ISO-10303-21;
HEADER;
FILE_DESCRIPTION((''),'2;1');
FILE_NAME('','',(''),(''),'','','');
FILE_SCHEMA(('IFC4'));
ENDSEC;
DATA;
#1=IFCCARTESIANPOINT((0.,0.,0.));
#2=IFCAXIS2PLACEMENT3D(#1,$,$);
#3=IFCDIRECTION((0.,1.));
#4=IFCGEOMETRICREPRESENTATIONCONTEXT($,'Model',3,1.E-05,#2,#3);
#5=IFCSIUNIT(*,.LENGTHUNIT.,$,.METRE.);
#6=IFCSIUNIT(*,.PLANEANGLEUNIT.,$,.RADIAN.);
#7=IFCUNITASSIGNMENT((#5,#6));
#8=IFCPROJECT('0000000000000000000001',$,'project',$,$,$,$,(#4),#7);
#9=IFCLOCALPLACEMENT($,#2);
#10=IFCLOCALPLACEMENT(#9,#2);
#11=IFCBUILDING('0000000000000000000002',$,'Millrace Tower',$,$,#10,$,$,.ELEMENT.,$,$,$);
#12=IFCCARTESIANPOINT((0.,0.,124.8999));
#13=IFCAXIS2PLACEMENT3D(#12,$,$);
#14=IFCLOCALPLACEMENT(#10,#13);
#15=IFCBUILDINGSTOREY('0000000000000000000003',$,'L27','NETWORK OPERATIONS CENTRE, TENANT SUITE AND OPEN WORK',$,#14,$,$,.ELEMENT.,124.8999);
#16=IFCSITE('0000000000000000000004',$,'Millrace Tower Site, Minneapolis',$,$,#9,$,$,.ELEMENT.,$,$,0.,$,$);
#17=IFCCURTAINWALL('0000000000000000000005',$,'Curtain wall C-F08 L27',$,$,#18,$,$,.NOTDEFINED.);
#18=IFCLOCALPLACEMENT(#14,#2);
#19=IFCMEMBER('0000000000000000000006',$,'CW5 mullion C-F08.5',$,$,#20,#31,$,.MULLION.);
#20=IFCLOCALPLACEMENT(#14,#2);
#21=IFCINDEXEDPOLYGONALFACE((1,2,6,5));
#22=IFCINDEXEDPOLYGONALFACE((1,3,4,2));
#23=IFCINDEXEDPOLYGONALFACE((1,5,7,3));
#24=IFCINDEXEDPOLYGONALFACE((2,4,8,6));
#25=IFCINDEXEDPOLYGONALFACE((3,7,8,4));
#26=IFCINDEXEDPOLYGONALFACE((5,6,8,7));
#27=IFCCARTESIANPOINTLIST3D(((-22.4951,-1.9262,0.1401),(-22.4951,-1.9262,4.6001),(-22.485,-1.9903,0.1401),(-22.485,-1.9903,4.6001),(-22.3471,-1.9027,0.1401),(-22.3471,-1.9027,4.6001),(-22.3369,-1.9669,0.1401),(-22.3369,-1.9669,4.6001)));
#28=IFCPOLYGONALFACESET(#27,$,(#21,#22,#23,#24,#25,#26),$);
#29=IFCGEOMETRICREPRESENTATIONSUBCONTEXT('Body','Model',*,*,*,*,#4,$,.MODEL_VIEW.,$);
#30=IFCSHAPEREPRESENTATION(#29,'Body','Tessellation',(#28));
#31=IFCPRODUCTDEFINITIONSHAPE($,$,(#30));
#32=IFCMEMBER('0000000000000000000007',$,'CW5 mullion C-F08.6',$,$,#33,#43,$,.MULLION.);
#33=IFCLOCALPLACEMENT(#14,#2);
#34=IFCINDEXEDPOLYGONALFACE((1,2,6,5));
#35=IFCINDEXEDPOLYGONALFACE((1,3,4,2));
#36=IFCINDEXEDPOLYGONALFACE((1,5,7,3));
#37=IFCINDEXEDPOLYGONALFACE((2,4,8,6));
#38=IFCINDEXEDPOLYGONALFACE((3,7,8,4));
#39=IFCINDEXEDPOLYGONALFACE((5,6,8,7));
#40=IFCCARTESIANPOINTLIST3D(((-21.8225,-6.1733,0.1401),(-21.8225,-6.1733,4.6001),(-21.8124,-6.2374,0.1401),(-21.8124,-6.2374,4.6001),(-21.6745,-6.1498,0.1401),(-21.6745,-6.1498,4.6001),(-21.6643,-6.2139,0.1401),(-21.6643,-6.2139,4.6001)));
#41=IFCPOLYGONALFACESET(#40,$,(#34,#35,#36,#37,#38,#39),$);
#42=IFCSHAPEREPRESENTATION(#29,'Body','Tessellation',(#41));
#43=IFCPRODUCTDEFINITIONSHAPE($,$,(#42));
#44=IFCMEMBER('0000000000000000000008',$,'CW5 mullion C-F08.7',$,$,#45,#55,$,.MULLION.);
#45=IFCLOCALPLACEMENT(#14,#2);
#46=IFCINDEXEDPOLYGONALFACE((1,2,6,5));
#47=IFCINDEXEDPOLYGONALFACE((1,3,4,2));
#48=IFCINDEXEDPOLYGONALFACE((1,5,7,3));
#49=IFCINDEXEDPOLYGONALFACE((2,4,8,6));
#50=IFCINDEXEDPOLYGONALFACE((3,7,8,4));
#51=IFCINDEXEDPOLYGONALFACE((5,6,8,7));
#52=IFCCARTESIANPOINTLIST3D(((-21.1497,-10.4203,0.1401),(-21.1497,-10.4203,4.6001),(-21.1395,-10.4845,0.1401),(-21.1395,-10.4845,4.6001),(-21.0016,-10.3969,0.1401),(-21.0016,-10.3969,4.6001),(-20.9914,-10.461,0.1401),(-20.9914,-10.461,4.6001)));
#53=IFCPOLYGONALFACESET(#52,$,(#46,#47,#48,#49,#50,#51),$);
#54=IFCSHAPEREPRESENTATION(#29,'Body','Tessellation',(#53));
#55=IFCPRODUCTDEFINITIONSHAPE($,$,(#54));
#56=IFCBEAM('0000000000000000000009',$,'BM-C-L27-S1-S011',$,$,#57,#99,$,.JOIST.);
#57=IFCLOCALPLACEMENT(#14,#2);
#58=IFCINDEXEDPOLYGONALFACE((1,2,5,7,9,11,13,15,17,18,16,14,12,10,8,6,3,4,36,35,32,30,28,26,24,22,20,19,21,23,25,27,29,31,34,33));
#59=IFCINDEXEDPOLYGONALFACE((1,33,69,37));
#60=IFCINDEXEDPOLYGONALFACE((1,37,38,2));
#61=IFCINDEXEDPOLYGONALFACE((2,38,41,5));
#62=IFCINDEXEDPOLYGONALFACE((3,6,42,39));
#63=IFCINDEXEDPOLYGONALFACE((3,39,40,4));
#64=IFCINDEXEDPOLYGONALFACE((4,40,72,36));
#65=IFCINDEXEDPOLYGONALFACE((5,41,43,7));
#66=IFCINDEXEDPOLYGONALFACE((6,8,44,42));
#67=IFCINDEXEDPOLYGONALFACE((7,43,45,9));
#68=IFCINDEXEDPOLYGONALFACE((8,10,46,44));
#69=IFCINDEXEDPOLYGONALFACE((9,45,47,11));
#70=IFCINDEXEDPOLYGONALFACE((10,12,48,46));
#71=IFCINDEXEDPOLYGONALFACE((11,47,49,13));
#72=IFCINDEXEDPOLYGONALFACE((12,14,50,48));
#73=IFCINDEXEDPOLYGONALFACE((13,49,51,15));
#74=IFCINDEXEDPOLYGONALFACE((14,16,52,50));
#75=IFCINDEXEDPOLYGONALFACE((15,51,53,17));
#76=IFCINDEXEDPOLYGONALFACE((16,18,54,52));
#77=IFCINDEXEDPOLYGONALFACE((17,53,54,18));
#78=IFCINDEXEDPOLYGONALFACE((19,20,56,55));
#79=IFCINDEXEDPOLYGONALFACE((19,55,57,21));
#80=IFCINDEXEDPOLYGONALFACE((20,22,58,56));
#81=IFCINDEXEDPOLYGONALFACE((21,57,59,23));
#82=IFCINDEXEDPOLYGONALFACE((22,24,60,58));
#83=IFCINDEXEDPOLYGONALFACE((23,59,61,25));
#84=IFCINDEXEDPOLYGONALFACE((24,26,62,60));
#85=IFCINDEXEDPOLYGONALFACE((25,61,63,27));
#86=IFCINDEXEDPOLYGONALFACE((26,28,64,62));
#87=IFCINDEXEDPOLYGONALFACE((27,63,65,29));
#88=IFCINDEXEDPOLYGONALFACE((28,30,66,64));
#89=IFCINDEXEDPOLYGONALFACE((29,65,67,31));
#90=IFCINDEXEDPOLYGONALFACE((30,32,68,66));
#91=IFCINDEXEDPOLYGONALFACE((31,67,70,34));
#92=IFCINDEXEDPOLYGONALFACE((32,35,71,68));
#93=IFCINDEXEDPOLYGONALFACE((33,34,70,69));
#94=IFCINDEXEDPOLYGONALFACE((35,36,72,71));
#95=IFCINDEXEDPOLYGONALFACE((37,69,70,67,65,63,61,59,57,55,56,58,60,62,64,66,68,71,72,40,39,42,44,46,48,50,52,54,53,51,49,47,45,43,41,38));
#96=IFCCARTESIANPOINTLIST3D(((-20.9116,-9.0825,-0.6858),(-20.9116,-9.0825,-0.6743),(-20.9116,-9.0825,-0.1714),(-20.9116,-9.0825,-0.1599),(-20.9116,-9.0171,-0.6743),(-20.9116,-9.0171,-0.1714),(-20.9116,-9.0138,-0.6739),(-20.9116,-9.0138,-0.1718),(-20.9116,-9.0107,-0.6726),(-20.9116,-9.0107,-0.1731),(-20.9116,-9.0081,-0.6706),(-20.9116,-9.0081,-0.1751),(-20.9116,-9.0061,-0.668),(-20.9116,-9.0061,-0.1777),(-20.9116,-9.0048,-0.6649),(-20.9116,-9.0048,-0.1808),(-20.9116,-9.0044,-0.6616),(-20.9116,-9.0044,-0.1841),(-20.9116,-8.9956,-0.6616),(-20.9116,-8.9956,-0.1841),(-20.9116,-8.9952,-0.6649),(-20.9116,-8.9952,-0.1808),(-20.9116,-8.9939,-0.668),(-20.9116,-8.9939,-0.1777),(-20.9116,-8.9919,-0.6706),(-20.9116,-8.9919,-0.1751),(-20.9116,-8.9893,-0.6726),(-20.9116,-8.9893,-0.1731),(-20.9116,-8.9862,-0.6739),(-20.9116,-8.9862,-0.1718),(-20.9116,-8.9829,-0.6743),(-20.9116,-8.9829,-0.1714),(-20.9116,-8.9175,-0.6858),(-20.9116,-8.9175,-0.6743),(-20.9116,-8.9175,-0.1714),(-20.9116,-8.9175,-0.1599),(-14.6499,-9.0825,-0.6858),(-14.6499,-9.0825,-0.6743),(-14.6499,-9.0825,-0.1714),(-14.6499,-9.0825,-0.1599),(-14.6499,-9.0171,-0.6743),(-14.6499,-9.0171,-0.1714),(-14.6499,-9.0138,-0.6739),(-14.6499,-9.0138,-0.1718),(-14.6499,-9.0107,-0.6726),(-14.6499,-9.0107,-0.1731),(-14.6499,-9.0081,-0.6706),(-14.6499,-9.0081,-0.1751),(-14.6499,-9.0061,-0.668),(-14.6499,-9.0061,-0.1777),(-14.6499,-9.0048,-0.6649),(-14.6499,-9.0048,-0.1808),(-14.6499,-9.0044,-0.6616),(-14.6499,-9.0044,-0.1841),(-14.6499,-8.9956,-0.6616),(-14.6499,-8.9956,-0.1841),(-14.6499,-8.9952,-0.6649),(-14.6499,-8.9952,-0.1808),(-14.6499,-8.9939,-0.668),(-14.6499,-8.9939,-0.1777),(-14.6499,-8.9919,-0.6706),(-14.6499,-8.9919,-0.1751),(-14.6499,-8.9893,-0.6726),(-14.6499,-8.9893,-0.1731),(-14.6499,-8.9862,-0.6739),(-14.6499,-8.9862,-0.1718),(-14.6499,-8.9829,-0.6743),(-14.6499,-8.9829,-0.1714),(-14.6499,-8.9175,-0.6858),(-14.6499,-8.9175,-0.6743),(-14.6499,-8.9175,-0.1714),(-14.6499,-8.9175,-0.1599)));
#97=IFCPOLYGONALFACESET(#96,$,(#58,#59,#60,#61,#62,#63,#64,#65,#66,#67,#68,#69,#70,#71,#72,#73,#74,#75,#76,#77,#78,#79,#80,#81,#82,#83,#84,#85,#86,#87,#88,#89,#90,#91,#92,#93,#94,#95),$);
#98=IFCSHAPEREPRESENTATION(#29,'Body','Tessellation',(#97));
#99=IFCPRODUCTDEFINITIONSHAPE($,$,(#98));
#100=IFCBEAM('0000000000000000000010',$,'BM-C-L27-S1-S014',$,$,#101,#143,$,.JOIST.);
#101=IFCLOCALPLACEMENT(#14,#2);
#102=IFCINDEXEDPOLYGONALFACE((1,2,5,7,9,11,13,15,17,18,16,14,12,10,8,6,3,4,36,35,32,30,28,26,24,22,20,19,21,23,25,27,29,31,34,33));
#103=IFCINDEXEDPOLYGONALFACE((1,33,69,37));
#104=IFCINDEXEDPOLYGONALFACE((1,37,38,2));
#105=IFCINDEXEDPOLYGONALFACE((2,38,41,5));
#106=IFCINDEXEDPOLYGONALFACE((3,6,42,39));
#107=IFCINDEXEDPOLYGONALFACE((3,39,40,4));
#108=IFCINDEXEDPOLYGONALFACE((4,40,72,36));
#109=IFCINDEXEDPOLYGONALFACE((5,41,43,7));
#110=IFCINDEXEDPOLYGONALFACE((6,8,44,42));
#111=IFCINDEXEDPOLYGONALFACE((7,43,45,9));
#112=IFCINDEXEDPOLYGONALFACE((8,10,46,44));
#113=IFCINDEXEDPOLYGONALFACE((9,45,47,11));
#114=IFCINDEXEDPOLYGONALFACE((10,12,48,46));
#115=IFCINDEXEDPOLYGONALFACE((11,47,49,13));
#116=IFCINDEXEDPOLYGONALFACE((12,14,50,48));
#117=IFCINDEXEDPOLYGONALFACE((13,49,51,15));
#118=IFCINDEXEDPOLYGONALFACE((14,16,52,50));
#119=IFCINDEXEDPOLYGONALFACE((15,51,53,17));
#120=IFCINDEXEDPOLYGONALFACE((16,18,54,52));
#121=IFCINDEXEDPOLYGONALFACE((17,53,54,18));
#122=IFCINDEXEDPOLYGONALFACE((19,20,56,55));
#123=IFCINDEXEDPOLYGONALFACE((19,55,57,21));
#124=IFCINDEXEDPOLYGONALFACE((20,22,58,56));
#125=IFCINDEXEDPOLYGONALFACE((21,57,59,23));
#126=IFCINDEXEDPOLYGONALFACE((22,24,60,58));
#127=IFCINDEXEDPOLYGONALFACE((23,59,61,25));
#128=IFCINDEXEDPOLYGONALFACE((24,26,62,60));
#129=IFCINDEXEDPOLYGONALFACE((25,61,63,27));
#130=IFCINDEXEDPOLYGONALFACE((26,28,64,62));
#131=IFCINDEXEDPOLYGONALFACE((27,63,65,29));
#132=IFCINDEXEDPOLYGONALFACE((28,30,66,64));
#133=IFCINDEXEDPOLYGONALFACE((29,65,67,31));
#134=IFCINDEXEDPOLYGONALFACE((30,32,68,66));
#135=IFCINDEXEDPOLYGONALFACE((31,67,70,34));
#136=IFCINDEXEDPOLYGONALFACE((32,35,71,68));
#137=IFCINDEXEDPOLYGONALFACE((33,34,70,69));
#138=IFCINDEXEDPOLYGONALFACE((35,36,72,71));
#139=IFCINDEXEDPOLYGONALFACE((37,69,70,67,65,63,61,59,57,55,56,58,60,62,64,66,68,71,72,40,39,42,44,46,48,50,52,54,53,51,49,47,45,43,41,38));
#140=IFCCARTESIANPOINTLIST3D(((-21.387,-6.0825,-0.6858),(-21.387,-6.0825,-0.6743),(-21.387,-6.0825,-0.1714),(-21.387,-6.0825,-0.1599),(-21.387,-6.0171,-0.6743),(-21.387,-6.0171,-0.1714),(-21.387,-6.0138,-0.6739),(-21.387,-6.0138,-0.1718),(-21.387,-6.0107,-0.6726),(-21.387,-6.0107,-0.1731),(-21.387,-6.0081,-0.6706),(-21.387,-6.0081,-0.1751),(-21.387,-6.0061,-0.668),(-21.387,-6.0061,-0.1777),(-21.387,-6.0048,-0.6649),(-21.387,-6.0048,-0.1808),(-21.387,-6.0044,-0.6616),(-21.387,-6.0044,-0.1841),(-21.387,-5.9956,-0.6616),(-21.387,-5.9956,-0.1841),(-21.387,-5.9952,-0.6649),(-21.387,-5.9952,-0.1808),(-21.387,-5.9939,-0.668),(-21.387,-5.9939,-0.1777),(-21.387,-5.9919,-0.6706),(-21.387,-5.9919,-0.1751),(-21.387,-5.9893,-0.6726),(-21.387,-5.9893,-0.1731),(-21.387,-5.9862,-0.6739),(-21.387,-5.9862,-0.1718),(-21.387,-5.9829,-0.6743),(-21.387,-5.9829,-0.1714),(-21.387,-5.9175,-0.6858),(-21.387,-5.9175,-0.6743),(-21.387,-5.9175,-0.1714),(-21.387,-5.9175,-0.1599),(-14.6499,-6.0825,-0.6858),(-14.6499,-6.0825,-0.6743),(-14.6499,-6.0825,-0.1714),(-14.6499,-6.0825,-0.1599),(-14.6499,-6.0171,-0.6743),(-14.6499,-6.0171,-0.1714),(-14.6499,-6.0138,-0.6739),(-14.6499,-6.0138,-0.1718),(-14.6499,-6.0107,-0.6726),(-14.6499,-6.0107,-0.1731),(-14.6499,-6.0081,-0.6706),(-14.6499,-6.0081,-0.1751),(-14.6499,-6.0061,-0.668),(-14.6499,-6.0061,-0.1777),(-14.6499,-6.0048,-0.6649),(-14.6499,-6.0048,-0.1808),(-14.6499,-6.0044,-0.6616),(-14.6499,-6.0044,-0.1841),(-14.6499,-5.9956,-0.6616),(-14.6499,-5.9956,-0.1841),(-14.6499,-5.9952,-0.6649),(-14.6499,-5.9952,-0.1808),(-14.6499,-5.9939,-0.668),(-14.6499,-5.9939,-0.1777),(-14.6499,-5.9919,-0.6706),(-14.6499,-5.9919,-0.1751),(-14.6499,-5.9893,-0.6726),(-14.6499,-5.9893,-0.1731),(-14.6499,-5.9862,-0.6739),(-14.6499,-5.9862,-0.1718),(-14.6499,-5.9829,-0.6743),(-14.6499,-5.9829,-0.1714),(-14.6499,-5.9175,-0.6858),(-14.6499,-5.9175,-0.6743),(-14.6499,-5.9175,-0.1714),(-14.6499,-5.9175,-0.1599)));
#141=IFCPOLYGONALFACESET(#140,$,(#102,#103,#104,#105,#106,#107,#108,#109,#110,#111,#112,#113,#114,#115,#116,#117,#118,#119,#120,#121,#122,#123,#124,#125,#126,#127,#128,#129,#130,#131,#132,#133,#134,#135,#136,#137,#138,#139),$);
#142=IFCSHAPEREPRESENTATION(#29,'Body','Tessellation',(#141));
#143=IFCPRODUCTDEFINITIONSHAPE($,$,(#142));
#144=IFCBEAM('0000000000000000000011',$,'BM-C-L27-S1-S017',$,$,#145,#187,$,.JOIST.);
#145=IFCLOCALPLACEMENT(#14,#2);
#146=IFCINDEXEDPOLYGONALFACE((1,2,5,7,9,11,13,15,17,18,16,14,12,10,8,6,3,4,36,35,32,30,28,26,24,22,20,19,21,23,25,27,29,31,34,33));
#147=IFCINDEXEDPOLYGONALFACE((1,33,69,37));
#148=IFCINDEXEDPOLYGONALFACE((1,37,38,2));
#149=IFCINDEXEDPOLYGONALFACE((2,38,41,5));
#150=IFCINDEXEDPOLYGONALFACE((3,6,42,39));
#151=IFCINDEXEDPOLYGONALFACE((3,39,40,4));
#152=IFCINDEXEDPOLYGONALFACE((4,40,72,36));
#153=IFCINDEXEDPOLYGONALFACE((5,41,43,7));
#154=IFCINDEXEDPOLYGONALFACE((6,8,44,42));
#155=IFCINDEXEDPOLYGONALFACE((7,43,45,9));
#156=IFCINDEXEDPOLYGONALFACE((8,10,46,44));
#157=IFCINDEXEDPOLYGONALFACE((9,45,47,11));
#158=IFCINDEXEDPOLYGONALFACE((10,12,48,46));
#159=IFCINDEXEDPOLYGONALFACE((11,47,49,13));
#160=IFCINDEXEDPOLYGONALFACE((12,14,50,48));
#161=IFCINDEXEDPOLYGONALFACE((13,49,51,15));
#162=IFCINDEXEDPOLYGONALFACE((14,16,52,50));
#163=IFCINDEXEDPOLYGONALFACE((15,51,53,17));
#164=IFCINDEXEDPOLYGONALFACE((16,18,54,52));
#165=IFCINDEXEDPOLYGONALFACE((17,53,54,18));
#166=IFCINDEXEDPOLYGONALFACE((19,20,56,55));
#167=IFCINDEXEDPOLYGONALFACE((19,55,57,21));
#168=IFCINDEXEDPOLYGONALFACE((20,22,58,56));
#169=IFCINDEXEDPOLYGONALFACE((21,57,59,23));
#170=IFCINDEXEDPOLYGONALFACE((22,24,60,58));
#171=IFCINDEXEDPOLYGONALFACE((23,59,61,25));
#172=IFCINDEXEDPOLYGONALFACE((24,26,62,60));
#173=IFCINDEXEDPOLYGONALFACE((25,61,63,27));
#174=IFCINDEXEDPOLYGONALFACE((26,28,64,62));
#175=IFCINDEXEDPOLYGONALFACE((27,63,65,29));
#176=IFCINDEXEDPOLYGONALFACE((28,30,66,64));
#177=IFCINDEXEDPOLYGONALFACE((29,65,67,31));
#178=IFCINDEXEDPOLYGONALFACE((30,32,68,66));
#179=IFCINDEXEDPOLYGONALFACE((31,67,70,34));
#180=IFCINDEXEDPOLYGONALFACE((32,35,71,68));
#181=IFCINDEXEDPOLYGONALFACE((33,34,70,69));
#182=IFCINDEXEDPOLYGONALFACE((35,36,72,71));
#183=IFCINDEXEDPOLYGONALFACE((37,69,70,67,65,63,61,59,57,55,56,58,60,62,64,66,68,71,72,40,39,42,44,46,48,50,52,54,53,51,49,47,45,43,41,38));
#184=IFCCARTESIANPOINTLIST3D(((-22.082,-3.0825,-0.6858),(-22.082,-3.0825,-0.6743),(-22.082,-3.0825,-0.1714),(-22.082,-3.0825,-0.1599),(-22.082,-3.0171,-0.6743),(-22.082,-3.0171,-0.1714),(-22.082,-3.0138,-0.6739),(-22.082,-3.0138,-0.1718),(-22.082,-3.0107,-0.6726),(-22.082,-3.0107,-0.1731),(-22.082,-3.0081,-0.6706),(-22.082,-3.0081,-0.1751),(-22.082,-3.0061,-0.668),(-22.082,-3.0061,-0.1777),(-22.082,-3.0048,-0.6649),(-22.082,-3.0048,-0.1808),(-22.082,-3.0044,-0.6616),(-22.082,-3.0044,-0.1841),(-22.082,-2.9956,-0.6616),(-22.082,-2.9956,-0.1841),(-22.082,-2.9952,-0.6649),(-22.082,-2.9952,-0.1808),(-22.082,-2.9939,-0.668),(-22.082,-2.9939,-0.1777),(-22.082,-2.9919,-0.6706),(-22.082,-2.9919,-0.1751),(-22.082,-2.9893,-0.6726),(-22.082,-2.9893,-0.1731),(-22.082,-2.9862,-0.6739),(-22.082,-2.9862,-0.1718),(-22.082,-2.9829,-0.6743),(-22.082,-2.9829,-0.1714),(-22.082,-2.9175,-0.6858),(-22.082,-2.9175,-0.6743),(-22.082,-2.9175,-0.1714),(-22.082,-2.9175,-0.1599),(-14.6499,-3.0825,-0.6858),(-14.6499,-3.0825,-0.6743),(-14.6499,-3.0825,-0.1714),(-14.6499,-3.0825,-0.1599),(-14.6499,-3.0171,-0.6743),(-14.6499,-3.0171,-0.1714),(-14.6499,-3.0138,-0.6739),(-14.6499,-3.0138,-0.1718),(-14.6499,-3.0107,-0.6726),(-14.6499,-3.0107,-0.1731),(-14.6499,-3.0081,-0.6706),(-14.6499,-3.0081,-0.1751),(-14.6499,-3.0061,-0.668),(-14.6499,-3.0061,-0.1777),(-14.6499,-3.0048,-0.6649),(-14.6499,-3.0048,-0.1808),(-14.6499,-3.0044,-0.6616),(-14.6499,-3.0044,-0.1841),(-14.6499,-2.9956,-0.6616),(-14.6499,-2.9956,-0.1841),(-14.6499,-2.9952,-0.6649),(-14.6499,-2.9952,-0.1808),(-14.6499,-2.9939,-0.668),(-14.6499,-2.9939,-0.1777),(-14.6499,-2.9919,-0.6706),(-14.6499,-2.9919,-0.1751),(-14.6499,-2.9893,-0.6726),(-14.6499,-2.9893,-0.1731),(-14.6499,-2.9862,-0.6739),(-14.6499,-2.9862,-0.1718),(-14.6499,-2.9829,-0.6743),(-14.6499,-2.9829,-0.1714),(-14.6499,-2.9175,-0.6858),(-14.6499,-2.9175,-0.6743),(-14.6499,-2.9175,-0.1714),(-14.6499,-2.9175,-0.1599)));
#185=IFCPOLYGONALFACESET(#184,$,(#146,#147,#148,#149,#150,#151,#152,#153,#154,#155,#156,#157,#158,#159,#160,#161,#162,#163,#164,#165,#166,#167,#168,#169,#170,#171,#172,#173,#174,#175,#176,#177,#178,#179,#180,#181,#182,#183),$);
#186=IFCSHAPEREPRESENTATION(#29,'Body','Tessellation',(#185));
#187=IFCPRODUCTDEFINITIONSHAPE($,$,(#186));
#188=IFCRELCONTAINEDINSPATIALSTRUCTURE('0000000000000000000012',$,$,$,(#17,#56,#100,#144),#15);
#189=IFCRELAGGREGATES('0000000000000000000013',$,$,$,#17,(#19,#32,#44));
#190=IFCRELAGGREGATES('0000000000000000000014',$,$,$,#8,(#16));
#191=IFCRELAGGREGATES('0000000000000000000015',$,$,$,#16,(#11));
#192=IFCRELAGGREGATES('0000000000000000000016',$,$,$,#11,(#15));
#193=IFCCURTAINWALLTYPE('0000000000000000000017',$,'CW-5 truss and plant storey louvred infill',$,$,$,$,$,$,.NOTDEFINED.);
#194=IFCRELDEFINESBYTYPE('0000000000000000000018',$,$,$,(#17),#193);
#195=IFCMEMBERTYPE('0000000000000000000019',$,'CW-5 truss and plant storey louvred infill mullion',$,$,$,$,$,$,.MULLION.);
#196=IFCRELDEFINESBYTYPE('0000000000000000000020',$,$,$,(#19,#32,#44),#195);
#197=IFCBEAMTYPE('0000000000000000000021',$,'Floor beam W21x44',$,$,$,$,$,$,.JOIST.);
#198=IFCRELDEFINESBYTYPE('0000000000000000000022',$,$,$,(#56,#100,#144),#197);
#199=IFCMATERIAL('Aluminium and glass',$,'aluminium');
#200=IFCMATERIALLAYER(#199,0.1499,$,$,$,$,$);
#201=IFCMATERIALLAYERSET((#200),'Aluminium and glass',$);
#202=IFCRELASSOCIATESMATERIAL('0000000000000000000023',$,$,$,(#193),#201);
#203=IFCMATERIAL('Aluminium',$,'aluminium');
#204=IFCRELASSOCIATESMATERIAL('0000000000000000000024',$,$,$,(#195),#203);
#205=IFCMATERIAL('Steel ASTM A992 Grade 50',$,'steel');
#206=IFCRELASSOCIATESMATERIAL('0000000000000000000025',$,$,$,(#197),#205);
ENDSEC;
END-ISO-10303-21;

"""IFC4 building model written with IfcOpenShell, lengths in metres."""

from ifc_helpers import new_model, si_unit, direction, frame, origin, origin_2d, place, context, subcontext, project, spatial, rectangle, i_section, extrude, material, layer, layer_set, material_profile, profile_set, type_object, element, aggregate, save


model = new_model("IFC4")

# Units and contexts
model_context = context("Model", 3, precision=1e-05, world=origin(), true_north=direction((0.0, 1.0)))
body_context = subcontext(model_context, "Body", "Model", "MODEL_VIEW")
ifc_project = project(units=[si_unit("LENGTHUNIT", "METRE"), si_unit("PLANEANGLEUNIT", "RADIAN")], contexts=[model_context])

# Site, building, storey
site_placement = place(None, origin())
site = spatial("IfcSite", under=ifc_project, at=site_placement, Name="Millrace Tower Site, Minneapolis", CompositionType="ELEMENT", RefElevation=0.0)
building_placement = place(site_placement, origin())
building = spatial("IfcBuilding", under=site, at=building_placement, Name="Millrace Tower", CompositionType="ELEMENT")
storey_placement = place(building_placement, frame((0.0, 0.0, 124.8999)))
storey = spatial("IfcBuildingStorey", under=building, at=storey_placement, Name="L27", Description="NETWORK OPERATIONS CENTRE, TENANT SUITE AND OPEN WORK", CompositionType="ELEMENT", Elevation=124.8999)

# Curtain wall, members
ifc_material_1 = material(Name="Aluminium and glass", Category="aluminium")
ifc_layer_1 = layer(ifc_material_1, 0.1499)
ifc_layer_set_1 = layer_set([ifc_layer_1], Name="Aluminium and glass")
curtain_wall_type = type_object("IfcCurtainWallType", Name="CW-5 truss and plant storey louvred infill", PredefinedType="NOTDEFINED", material=ifc_layer_set_1)
curtain_wall_placement = place(storey_placement, origin())
curtain_wall = element("IfcCurtainWall", 1, at=curtain_wall_placement, inside=storey, type_object=curtain_wall_type, Name="Curtain wall C-F08 L27", PredefinedType="NOTDEFINED")
ifc_material_2 = material(Name="Aluminium", Category="aluminium")
ifc_material_profile_1 = material_profile(ifc_material_2, rectangle(XDim=0.0649, YDim=0.1499, at=origin_2d()))
ifc_profile_set_1 = profile_set([ifc_material_profile_1], Name="Aluminium")
member_type_1 = type_object("IfcMemberType", Name="CW-5 truss and plant storey louvred infill mullion", PredefinedType="MULLION", material=ifc_profile_set_1)
member_1_placement = place(storey_placement, frame((-22.416, -1.9465, 0.1401), z_axis=(0.0, 0.0, 1.0), x_axis=(0.156434, -0.987688, 0.0)))
member_1 = element("IfcMember", 2, at=member_1_placement, type_object=member_type_1, Name="CW5 mullion C-F08.5", PredefinedType="MULLION", context=body_context, shape_type="SweptSolid", body=[
    extrude(rectangle(XDim=0.0649, YDim=0.1499, at=origin_2d()), origin(), (0.0, 0.0, 1.0), 4.46),
])
member_2_placement = place(storey_placement, frame((-21.7434, -6.1936, 0.1401), z_axis=(0.0, 0.0, 1.0), x_axis=(0.156434, -0.987688, 0.0)))
member_2 = element("IfcMember", 3, at=member_2_placement, type_object=member_type_1, Name="CW5 mullion C-F08.6", PredefinedType="MULLION", context=body_context, shape_type="SweptSolid", body=[
    extrude(rectangle(XDim=0.0649, YDim=0.1499, at=origin_2d()), origin(), (0.0, 0.0, 1.0), 4.46),
])
member_3_placement = place(storey_placement, frame((-21.0706, -10.4407, 0.1401), z_axis=(0.0, 0.0, 1.0), x_axis=(0.156434, -0.987688, 0.0)))
member_3 = element("IfcMember", 4, at=member_3_placement, type_object=member_type_1, Name="CW5 mullion C-F08.7", PredefinedType="MULLION", context=body_context, shape_type="SweptSolid", body=[
    extrude(rectangle(XDim=0.0649, YDim=0.1499, at=origin_2d()), origin(), (0.0, 0.0, 1.0), 4.46),
])
aggregate(curtain_wall, [member_1, member_2, member_3])

# Beams
ifc_material_3 = material(Name="Steel ASTM A992 Grade 50", Category="steel")
ifc_material_profile_2 = material_profile(ifc_material_3, i_section(OverallWidth=0.165, OverallDepth=0.5259, WebThickness=0.0088, FlangeThickness=0.0115, FilletRadius=0.0127, at=origin_2d()))
ifc_profile_set_2 = profile_set([ifc_material_profile_2], Name="Steel ASTM A992 Grade 50")
beam_type_1 = type_object("IfcBeamType", Name="Floor beam W21x44", PredefinedType="JOIST", material=ifc_profile_set_2)
beam_1_placement = place(storey_placement, frame((-20.9116, -9.0, -0.4229), z_axis=(1.0, 0.0, 0.0), x_axis=(0.0, 1.0, 0.0)))
element("IfcBeam", 5, at=beam_1_placement, inside=storey, type_object=beam_type_1, Name="BM-C-L27-S1-S011", PredefinedType="JOIST", context=body_context, shape_type="SweptSolid", body=[
    extrude(i_section(OverallWidth=0.165, OverallDepth=0.5259, WebThickness=0.0088, FlangeThickness=0.0115, FilletRadius=0.0127, at=origin_2d()), origin(), (0.0, 0.0, 1.0), 6.2617),
])
beam_2_placement = place(storey_placement, frame((-21.387, -6.0, -0.4229), z_axis=(1.0, 0.0, 0.0), x_axis=(0.0, 1.0, 0.0)))
element("IfcBeam", 6, at=beam_2_placement, inside=storey, type_object=beam_type_1, Name="BM-C-L27-S1-S014", PredefinedType="JOIST", context=body_context, shape_type="SweptSolid", body=[
    extrude(i_section(OverallWidth=0.165, OverallDepth=0.5259, WebThickness=0.0088, FlangeThickness=0.0115, FilletRadius=0.0127, at=origin_2d()), origin(), (0.0, 0.0, 1.0), 6.7371),
])
beam_3_placement = place(storey_placement, frame((-22.082, -3.0, -0.4229), z_axis=(1.0, 0.0, 0.0), x_axis=(0.0, 1.0, 0.0)))
element("IfcBeam", 7, at=beam_3_placement, inside=storey, type_object=beam_type_1, Name="BM-C-L27-S1-S017", PredefinedType="JOIST", context=body_context, shape_type="SweptSolid", body=[
    extrude(i_section(OverallWidth=0.165, OverallDepth=0.5259, WebThickness=0.0088, FlangeThickness=0.0115, FilletRadius=0.0127, at=origin_2d()), origin(), (0.0, 0.0, 1.0), 7.4321),
])

save(model, "model.ifc")
